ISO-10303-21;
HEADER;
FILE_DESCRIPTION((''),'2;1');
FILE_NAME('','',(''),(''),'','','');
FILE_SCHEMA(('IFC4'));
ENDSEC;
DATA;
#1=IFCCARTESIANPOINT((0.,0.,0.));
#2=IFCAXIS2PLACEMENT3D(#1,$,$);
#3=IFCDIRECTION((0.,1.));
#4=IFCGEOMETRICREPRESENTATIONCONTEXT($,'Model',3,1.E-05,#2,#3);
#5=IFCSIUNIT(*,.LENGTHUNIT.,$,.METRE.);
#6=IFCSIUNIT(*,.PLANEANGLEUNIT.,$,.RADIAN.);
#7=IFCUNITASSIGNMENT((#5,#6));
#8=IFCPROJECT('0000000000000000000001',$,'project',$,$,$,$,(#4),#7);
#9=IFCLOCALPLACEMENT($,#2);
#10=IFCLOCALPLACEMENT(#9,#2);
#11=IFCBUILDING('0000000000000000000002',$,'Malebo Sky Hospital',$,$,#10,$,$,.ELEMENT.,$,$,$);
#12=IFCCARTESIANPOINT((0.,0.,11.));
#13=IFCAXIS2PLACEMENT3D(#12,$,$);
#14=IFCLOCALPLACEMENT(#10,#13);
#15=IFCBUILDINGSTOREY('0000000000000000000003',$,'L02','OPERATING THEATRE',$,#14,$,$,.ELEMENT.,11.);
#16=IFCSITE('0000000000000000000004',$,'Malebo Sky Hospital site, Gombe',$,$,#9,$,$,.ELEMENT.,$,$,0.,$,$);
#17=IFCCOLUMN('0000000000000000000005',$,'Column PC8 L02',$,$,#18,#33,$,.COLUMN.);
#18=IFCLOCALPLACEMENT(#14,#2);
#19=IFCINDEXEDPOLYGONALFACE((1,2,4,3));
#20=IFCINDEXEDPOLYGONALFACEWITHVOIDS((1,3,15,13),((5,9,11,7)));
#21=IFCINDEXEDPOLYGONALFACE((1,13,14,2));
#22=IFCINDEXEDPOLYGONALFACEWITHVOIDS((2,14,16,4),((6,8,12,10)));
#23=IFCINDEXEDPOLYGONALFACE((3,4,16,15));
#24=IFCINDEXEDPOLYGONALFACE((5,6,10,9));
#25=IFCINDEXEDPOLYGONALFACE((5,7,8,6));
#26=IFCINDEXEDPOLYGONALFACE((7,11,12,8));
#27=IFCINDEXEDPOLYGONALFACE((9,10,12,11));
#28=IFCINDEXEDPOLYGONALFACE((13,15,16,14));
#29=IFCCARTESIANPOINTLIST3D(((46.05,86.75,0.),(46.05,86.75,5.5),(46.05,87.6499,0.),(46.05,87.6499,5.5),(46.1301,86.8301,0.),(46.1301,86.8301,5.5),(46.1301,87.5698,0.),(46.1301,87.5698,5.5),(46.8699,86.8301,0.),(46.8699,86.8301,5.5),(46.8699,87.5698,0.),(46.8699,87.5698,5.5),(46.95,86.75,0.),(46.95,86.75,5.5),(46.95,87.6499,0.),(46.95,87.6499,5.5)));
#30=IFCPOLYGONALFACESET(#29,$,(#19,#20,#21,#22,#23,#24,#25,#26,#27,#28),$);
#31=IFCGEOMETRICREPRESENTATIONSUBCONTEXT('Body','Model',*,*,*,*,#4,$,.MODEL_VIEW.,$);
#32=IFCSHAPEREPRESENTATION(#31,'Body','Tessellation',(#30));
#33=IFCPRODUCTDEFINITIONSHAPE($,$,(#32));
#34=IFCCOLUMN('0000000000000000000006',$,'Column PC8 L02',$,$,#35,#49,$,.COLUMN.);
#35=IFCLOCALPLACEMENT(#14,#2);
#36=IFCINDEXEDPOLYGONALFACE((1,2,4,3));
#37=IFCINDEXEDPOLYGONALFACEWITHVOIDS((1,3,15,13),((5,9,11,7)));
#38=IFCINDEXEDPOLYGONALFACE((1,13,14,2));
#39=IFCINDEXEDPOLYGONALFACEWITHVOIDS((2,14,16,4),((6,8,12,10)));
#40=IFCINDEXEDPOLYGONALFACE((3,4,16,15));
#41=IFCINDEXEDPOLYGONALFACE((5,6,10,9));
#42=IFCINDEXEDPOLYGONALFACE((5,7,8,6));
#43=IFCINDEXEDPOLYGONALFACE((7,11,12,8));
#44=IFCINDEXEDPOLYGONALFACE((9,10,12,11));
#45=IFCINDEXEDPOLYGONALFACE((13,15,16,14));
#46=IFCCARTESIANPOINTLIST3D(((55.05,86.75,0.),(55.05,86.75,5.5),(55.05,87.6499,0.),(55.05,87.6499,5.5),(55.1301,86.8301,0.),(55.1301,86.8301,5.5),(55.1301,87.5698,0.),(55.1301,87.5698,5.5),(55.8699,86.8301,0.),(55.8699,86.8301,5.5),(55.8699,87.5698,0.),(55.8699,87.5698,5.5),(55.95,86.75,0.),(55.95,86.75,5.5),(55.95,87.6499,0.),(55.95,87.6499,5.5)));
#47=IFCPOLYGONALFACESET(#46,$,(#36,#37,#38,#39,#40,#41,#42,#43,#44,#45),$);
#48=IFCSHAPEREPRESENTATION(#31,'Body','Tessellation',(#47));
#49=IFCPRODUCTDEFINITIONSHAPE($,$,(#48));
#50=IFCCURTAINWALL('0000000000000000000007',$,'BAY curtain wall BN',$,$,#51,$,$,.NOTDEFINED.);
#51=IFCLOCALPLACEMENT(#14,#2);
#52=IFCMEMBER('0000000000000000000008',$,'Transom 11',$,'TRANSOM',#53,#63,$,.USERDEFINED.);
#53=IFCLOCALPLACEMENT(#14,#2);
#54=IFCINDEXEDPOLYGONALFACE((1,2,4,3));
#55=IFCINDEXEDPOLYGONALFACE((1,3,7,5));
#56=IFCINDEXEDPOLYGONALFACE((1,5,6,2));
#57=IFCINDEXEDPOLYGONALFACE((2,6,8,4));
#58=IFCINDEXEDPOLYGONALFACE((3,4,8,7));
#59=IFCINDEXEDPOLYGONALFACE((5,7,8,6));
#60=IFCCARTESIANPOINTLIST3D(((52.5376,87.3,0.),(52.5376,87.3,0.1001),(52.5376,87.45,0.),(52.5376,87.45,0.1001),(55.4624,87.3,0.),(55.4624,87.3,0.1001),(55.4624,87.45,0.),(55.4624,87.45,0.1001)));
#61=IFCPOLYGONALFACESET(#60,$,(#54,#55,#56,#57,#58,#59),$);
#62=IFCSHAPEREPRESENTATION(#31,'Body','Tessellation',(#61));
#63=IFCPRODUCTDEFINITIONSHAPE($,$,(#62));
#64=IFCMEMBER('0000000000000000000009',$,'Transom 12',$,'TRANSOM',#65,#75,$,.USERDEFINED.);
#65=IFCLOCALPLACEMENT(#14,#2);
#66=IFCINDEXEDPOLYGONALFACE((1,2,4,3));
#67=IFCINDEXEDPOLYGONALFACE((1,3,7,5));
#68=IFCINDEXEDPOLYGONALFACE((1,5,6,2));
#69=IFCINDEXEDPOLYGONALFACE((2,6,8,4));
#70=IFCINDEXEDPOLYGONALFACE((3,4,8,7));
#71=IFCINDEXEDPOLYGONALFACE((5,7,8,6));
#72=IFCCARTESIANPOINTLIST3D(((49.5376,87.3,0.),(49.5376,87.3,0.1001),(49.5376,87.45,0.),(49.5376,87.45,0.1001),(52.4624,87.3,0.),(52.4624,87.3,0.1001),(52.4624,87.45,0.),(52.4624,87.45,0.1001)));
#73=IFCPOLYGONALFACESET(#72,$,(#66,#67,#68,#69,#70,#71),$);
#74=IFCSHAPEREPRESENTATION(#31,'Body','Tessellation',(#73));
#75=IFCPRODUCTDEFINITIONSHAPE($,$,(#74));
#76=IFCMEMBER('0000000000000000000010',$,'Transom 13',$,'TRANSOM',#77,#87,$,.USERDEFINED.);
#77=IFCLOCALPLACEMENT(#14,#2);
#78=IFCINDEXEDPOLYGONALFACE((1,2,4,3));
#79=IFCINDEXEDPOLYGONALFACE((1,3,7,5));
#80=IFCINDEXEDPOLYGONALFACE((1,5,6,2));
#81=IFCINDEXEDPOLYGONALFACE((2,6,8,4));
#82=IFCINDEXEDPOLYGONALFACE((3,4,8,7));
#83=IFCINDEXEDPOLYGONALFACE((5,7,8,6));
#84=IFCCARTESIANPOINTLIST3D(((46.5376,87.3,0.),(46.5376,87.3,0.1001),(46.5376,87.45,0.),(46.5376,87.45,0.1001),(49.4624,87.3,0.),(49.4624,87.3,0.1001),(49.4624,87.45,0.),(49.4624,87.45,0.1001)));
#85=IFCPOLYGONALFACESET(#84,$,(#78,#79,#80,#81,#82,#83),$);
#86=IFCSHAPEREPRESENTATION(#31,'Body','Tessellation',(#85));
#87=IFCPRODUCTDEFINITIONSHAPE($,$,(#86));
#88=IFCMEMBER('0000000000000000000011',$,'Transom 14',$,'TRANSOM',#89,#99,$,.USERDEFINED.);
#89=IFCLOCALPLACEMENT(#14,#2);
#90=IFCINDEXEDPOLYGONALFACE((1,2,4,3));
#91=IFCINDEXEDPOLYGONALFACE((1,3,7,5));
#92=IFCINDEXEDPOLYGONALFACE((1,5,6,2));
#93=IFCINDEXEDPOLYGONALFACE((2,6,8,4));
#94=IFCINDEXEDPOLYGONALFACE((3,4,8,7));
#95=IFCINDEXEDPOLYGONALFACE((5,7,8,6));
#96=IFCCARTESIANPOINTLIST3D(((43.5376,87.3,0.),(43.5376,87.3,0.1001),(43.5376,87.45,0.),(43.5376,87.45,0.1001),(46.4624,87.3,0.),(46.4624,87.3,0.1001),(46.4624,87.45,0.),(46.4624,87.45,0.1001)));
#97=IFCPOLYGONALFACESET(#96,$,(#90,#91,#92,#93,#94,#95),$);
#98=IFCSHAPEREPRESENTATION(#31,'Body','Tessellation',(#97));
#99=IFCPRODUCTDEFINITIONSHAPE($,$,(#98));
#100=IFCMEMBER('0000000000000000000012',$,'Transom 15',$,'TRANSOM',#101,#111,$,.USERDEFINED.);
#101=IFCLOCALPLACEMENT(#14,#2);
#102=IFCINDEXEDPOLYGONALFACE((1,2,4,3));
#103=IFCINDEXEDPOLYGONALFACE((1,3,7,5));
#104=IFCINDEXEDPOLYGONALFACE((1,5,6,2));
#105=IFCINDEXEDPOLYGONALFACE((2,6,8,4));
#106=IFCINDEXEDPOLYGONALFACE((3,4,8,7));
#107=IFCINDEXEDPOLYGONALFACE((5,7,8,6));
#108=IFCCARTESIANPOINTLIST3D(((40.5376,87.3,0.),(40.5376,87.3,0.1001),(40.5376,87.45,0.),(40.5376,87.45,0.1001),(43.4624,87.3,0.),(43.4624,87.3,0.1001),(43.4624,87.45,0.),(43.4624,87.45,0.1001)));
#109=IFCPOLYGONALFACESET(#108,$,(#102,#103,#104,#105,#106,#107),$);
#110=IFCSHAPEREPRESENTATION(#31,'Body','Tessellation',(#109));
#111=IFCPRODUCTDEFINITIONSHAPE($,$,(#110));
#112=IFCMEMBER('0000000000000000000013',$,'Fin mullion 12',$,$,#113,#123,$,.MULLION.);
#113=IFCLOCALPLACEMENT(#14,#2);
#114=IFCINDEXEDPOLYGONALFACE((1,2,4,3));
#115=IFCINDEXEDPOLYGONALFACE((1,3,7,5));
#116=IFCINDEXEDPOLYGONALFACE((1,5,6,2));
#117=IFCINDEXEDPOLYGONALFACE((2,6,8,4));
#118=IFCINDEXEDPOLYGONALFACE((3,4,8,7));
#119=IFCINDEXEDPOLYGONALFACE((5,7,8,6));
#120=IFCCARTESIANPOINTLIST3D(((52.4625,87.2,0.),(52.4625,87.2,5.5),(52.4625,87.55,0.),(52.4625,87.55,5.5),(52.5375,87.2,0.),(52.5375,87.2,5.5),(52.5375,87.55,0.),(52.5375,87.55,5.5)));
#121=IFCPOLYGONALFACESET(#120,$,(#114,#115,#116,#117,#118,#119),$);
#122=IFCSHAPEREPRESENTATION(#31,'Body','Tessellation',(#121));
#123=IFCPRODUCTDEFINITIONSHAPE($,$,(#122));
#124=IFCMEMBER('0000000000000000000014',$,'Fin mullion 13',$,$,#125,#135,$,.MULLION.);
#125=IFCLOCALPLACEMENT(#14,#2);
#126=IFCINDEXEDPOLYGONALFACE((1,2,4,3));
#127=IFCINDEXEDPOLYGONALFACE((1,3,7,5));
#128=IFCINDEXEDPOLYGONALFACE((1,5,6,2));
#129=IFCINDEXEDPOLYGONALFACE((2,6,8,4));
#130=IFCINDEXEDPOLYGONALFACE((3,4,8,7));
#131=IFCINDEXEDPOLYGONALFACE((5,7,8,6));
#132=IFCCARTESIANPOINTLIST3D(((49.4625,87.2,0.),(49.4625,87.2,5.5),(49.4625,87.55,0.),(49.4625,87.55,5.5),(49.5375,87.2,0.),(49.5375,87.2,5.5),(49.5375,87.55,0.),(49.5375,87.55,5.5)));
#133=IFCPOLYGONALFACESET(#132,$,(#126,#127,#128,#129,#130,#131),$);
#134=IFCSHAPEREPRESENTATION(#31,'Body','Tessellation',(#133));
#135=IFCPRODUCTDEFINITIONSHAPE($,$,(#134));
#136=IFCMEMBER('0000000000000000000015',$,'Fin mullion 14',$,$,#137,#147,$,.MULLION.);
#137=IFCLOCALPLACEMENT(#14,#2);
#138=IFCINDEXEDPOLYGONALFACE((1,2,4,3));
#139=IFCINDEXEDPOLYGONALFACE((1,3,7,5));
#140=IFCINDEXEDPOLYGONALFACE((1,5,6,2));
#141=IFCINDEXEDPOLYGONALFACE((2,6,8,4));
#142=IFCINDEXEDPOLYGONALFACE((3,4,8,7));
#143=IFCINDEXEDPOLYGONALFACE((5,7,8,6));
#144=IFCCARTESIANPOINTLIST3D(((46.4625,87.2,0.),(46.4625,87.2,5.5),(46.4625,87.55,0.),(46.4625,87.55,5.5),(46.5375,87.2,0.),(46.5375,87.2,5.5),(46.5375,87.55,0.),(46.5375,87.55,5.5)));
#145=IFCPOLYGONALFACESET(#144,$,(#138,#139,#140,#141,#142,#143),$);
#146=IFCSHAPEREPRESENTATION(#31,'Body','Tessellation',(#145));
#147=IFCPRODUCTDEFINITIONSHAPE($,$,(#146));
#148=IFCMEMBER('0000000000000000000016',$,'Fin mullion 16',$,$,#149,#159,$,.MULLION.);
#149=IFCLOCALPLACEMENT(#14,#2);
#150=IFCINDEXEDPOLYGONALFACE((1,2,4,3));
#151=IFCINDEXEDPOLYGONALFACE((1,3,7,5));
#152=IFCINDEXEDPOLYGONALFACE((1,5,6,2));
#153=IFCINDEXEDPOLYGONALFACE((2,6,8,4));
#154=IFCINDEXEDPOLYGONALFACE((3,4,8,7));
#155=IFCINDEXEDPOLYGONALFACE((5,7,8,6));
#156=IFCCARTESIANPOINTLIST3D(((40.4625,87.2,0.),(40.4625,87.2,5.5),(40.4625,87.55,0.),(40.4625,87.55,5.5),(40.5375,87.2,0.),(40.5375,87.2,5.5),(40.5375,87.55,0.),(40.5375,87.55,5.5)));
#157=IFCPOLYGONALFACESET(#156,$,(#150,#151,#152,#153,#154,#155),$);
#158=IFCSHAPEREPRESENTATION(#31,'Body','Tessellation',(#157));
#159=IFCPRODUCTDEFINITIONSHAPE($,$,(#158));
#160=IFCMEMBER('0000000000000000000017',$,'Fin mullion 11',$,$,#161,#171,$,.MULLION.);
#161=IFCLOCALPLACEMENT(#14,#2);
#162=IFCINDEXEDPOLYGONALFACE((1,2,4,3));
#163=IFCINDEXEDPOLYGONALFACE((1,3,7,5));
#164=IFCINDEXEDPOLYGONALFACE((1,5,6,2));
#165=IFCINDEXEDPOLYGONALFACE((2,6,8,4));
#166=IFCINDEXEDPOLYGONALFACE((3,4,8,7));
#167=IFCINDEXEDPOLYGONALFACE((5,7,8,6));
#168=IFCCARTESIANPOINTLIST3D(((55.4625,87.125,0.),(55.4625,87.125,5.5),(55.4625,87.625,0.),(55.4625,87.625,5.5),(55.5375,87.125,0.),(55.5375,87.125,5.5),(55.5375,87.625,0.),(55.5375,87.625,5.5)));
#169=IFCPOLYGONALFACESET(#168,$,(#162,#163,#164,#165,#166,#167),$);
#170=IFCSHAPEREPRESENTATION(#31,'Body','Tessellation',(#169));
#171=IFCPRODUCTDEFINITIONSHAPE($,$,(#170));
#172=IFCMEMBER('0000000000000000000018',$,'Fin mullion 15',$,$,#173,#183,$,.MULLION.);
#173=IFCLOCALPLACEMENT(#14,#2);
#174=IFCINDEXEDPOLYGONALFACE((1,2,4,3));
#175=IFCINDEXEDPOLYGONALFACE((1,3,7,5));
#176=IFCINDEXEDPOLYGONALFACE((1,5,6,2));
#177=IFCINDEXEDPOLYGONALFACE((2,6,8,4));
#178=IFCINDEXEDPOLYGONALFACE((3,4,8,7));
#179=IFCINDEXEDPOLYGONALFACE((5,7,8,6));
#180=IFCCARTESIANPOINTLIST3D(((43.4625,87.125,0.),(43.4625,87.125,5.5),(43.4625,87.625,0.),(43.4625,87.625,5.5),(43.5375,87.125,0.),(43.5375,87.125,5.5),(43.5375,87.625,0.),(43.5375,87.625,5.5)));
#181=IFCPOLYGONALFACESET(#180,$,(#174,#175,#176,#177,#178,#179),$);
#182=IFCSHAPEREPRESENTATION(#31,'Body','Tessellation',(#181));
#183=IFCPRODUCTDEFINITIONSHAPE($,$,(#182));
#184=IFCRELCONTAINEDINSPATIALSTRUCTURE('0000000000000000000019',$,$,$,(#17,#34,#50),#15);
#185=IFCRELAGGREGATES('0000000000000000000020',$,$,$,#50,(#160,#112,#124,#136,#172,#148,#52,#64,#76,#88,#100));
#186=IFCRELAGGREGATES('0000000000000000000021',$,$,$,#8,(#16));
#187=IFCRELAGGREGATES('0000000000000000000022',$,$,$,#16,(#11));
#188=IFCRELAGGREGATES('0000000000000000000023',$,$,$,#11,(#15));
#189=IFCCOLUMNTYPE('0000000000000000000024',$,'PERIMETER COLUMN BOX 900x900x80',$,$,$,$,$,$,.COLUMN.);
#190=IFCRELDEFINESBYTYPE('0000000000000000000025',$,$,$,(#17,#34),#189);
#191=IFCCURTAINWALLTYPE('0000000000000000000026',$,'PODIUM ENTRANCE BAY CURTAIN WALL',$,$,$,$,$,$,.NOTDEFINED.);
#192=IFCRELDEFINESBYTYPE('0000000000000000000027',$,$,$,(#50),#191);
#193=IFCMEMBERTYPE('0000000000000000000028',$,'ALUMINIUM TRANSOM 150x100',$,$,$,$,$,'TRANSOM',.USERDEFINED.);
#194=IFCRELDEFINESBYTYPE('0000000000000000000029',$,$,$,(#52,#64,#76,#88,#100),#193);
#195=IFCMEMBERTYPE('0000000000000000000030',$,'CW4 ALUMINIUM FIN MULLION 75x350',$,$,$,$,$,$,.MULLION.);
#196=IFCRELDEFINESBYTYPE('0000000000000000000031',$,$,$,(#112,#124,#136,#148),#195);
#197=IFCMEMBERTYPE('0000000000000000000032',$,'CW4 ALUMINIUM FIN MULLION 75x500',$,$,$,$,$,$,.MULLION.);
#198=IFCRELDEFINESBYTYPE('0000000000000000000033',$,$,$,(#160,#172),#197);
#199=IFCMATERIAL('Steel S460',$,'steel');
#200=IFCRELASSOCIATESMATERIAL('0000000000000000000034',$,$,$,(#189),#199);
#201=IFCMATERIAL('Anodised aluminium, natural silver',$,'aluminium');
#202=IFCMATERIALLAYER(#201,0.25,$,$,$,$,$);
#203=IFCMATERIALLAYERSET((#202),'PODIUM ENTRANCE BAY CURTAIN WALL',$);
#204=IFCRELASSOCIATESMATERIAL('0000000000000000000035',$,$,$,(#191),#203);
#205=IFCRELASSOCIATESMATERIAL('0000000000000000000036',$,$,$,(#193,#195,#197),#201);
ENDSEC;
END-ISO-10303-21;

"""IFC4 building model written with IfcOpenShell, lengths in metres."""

from ifc_helpers import new_model, si_unit, direction, frame, origin, origin_2d, place, context, subcontext, project, spatial, rectangle, hollow_rectangle, extrude, material, layer, layer_set, material_profile, profile_set, type_object, element, aggregate, save


model = new_model("IFC4")

# Units and contexts
model_context = context("Model", 3, precision=1e-05, world=origin(), true_north=direction((0.0, 1.0)))
body_context = subcontext(model_context, "Body", "Model", "MODEL_VIEW")
ifc_project = project(units=[si_unit("LENGTHUNIT", "METRE"), si_unit("PLANEANGLEUNIT", "RADIAN")], contexts=[model_context])

# Site, building, storey
site_placement = place(None, origin())
site = spatial("IfcSite", under=ifc_project, at=site_placement, Name="Malebo Sky Hospital site, Gombe", CompositionType="ELEMENT", RefElevation=0.0)
building_placement = place(site_placement, origin())
building = spatial("IfcBuilding", under=site, at=building_placement, Name="Malebo Sky Hospital", CompositionType="ELEMENT")
storey_placement = place(building_placement, frame((0.0, 0.0, 11.0)))
storey = spatial("IfcBuildingStorey", under=building, at=storey_placement, Name="L02", Description="OPERATING THEATRE", CompositionType="ELEMENT", Elevation=11.0)

# Columns
ifc_material_1 = material(Name="Steel S460", Category="steel")
ifc_material_profile_1 = material_profile(ifc_material_1, hollow_rectangle(XDim=0.8999, YDim=0.8999, WallThickness=0.0801, at=origin_2d()), Name="BOX 900x900x80")
ifc_profile_set_1 = profile_set([ifc_material_profile_1], Name="Steel S460")
column_type = type_object("IfcColumnType", Name="PERIMETER COLUMN BOX 900x900x80", PredefinedType="COLUMN", material=ifc_profile_set_1)
for number, where, z_axis, x_axis, name in (
    (1, (46.5, 87.2, 0.0), (0.0, 0.0, 1.0), (1.0, 0.0, 0.0), "Column PC8 L02"),
    (2, (55.5, 87.2, 0.0), (0.0, 0.0, 1.0), (1.0, 0.0, 0.0), "Column PC8 L02"),
):
    element("IfcColumn", number, at=place(storey_placement, frame(where, z_axis=z_axis, x_axis=x_axis)), inside=storey, type_object=column_type, Name=name, PredefinedType="COLUMN", context=body_context, shape_type="SweptSolid", body=[
        extrude(hollow_rectangle(XDim=0.8999, YDim=0.8999, WallThickness=0.0801, at=origin_2d()), origin(), (0.0, 0.0, 1.0), 5.5),
    ])

# Curtain wall, members
ifc_material_2 = material(Name="Anodised aluminium, natural silver", Category="aluminium")
ifc_layer_1 = layer(ifc_material_2, 0.25)
ifc_layer_set_1 = layer_set([ifc_layer_1], Name="PODIUM ENTRANCE BAY CURTAIN WALL")
curtain_wall_type = type_object("IfcCurtainWallType", Name="PODIUM ENTRANCE BAY CURTAIN WALL", PredefinedType="NOTDEFINED", material=ifc_layer_set_1)
curtain_wall_placement = place(storey_placement, origin())
curtain_wall = element("IfcCurtainWall", 3, at=curtain_wall_placement, inside=storey, type_object=curtain_wall_type, Name="BAY curtain wall BN", PredefinedType="NOTDEFINED")
ifc_material_profile_2 = material_profile(ifc_material_2, rectangle(XDim=0.1499, YDim=0.1001, at=origin_2d()), Name="ALUMINIUM TRANSOM 150x100")
ifc_profile_set_2 = profile_set([ifc_material_profile_2], Name="Anodised aluminium, natural silver")
member_type_1 = type_object("IfcMemberType", Name="ALUMINIUM TRANSOM 150x100", ElementType="TRANSOM", PredefinedType="USERDEFINED", material=ifc_profile_set_2)
member_1_placement = place(storey_placement, frame((55.4624, 87.375, 0.05), z_axis=(-1.0, 0.0, 0.0), x_axis=(0.0, -1.0, 0.0)))
member_1 = element("IfcMember", 4, at=member_1_placement, type_object=member_type_1, Name="Transom 11", ObjectType="TRANSOM", PredefinedType="USERDEFINED", context=body_context, shape_type="SweptSolid", body=[
    extrude(rectangle(XDim=0.1499, YDim=0.1001, at=origin_2d()), origin(), (0.0, 0.0, 1.0), 2.9248),
])
member_2_placement = place(storey_placement, frame((52.4624, 87.375, 0.05), z_axis=(-1.0, 0.0, 0.0), x_axis=(0.0, -1.0, 0.0)))
member_2 = element("IfcMember", 5, at=member_2_placement, type_object=member_type_1, Name="Transom 12", ObjectType="TRANSOM", PredefinedType="USERDEFINED", context=body_context, shape_type="SweptSolid", body=[
    extrude(rectangle(XDim=0.1499, YDim=0.1001, at=origin_2d()), origin(), (0.0, 0.0, 1.0), 2.9248),
])
member_3_placement = place(storey_placement, frame((49.4624, 87.375, 0.05), z_axis=(-1.0, 0.0, 0.0), x_axis=(0.0, -1.0, 0.0)))
member_3 = element("IfcMember", 6, at=member_3_placement, type_object=member_type_1, Name="Transom 13", ObjectType="TRANSOM", PredefinedType="USERDEFINED", context=body_context, shape_type="SweptSolid", body=[
    extrude(rectangle(XDim=0.1499, YDim=0.1001, at=origin_2d()), origin(), (0.0, 0.0, 1.0), 2.9248),
])
member_4_placement = place(storey_placement, frame((46.4624, 87.375, 0.05), z_axis=(-1.0, 0.0, 0.0), x_axis=(0.0, -1.0, 0.0)))
member_4 = element("IfcMember", 7, at=member_4_placement, type_object=member_type_1, Name="Transom 14", ObjectType="TRANSOM", PredefinedType="USERDEFINED", context=body_context, shape_type="SweptSolid", body=[
    extrude(rectangle(XDim=0.1499, YDim=0.1001, at=origin_2d()), origin(), (0.0, 0.0, 1.0), 2.9248),
])
member_5_placement = place(storey_placement, frame((43.4624, 87.375, 0.05), z_axis=(-1.0, 0.0, 0.0), x_axis=(0.0, -1.0, 0.0)))
member_5 = element("IfcMember", 8, at=member_5_placement, type_object=member_type_1, Name="Transom 15", ObjectType="TRANSOM", PredefinedType="USERDEFINED", context=body_context, shape_type="SweptSolid", body=[
    extrude(rectangle(XDim=0.1499, YDim=0.1001, at=origin_2d()), origin(), (0.0, 0.0, 1.0), 2.9248),
])
ifc_material_profile_3 = material_profile(ifc_material_2, rectangle(XDim=0.075, YDim=0.3501, at=origin_2d()), Name="CW4 ALUMINIUM FIN MULLION 75x350")
ifc_profile_set_3 = profile_set([ifc_material_profile_3], Name="Anodised aluminium, natural silver")
member_type_2 = type_object("IfcMemberType", Name="CW4 ALUMINIUM FIN MULLION 75x350", PredefinedType="MULLION", material=ifc_profile_set_3)
member_6_placement = place(storey_placement, frame((52.5, 87.375, 0.0), z_axis=(0.0, 0.0, 1.0), x_axis=(-1.0, 0.0, 0.0)))
member_6 = element("IfcMember", 9, at=member_6_placement, type_object=member_type_2, Name="Fin mullion 12", PredefinedType="MULLION", context=body_context, shape_type="SweptSolid", body=[
    extrude(rectangle(XDim=0.075, YDim=0.3501, at=origin_2d()), origin(), (0.0, 0.0, 1.0), 5.5),
])
member_7_placement = place(storey_placement, frame((49.5, 87.375, 0.0), z_axis=(0.0, 0.0, 1.0), x_axis=(-1.0, 0.0, 0.0)))
member_7 = element("IfcMember", 10, at=member_7_placement, type_object=member_type_2, Name="Fin mullion 13", PredefinedType="MULLION", context=body_context, shape_type="SweptSolid", body=[
    extrude(rectangle(XDim=0.075, YDim=0.3501, at=origin_2d()), origin(), (0.0, 0.0, 1.0), 5.5),
])
member_8_placement = place(storey_placement, frame((46.5, 87.375, 0.0), z_axis=(0.0, 0.0, 1.0), x_axis=(-1.0, 0.0, 0.0)))
member_8 = element("IfcMember", 11, at=member_8_placement, type_object=member_type_2, Name="Fin mullion 14", PredefinedType="MULLION", context=body_context, shape_type="SweptSolid", body=[
    extrude(rectangle(XDim=0.075, YDim=0.3501, at=origin_2d()), origin(), (0.0, 0.0, 1.0), 5.5),
])
member_9_placement = place(storey_placement, frame((40.5, 87.375, 0.0), z_axis=(0.0, 0.0, 1.0), x_axis=(-1.0, 0.0, 0.0)))
member_9 = element("IfcMember", 12, at=member_9_placement, type_object=member_type_2, Name="Fin mullion 16", PredefinedType="MULLION", context=body_context, shape_type="SweptSolid", body=[
    extrude(rectangle(XDim=0.075, YDim=0.3501, at=origin_2d()), origin(), (0.0, 0.0, 1.0), 5.5),
])
ifc_material_profile_4 = material_profile(ifc_material_2, rectangle(XDim=0.075, YDim=0.5, at=origin_2d()), Name="CW4 ALUMINIUM FIN MULLION 75x500")
ifc_profile_set_4 = profile_set([ifc_material_profile_4], Name="Anodised aluminium, natural silver")
member_type_3 = type_object("IfcMemberType", Name="CW4 ALUMINIUM FIN MULLION 75x500", PredefinedType="MULLION", material=ifc_profile_set_4)
member_10_placement = place(storey_placement, frame((55.5, 87.375, 0.0), z_axis=(0.0, 0.0, 1.0), x_axis=(-1.0, 0.0, 0.0)))
member_10 = element("IfcMember", 13, at=member_10_placement, type_object=member_type_3, Name="Fin mullion 11", PredefinedType="MULLION", context=body_context, shape_type="SweptSolid", body=[
    extrude(rectangle(XDim=0.075, YDim=0.5, at=origin_2d()), origin(), (0.0, 0.0, 1.0), 5.5),
])
member_11_placement = place(storey_placement, frame((43.5, 87.375, 0.0), z_axis=(0.0, 0.0, 1.0), x_axis=(-1.0, 0.0, 0.0)))
member_11 = element("IfcMember", 14, at=member_11_placement, type_object=member_type_3, Name="Fin mullion 15", PredefinedType="MULLION", context=body_context, shape_type="SweptSolid", body=[
    extrude(rectangle(XDim=0.075, YDim=0.5, at=origin_2d()), origin(), (0.0, 0.0, 1.0), 5.5),
])

aggregate(curtain_wall, [member_10, member_6, member_7, member_8, member_11, member_9, member_1, member_2, member_3, member_4, member_5])

save(model, "model.ifc")
